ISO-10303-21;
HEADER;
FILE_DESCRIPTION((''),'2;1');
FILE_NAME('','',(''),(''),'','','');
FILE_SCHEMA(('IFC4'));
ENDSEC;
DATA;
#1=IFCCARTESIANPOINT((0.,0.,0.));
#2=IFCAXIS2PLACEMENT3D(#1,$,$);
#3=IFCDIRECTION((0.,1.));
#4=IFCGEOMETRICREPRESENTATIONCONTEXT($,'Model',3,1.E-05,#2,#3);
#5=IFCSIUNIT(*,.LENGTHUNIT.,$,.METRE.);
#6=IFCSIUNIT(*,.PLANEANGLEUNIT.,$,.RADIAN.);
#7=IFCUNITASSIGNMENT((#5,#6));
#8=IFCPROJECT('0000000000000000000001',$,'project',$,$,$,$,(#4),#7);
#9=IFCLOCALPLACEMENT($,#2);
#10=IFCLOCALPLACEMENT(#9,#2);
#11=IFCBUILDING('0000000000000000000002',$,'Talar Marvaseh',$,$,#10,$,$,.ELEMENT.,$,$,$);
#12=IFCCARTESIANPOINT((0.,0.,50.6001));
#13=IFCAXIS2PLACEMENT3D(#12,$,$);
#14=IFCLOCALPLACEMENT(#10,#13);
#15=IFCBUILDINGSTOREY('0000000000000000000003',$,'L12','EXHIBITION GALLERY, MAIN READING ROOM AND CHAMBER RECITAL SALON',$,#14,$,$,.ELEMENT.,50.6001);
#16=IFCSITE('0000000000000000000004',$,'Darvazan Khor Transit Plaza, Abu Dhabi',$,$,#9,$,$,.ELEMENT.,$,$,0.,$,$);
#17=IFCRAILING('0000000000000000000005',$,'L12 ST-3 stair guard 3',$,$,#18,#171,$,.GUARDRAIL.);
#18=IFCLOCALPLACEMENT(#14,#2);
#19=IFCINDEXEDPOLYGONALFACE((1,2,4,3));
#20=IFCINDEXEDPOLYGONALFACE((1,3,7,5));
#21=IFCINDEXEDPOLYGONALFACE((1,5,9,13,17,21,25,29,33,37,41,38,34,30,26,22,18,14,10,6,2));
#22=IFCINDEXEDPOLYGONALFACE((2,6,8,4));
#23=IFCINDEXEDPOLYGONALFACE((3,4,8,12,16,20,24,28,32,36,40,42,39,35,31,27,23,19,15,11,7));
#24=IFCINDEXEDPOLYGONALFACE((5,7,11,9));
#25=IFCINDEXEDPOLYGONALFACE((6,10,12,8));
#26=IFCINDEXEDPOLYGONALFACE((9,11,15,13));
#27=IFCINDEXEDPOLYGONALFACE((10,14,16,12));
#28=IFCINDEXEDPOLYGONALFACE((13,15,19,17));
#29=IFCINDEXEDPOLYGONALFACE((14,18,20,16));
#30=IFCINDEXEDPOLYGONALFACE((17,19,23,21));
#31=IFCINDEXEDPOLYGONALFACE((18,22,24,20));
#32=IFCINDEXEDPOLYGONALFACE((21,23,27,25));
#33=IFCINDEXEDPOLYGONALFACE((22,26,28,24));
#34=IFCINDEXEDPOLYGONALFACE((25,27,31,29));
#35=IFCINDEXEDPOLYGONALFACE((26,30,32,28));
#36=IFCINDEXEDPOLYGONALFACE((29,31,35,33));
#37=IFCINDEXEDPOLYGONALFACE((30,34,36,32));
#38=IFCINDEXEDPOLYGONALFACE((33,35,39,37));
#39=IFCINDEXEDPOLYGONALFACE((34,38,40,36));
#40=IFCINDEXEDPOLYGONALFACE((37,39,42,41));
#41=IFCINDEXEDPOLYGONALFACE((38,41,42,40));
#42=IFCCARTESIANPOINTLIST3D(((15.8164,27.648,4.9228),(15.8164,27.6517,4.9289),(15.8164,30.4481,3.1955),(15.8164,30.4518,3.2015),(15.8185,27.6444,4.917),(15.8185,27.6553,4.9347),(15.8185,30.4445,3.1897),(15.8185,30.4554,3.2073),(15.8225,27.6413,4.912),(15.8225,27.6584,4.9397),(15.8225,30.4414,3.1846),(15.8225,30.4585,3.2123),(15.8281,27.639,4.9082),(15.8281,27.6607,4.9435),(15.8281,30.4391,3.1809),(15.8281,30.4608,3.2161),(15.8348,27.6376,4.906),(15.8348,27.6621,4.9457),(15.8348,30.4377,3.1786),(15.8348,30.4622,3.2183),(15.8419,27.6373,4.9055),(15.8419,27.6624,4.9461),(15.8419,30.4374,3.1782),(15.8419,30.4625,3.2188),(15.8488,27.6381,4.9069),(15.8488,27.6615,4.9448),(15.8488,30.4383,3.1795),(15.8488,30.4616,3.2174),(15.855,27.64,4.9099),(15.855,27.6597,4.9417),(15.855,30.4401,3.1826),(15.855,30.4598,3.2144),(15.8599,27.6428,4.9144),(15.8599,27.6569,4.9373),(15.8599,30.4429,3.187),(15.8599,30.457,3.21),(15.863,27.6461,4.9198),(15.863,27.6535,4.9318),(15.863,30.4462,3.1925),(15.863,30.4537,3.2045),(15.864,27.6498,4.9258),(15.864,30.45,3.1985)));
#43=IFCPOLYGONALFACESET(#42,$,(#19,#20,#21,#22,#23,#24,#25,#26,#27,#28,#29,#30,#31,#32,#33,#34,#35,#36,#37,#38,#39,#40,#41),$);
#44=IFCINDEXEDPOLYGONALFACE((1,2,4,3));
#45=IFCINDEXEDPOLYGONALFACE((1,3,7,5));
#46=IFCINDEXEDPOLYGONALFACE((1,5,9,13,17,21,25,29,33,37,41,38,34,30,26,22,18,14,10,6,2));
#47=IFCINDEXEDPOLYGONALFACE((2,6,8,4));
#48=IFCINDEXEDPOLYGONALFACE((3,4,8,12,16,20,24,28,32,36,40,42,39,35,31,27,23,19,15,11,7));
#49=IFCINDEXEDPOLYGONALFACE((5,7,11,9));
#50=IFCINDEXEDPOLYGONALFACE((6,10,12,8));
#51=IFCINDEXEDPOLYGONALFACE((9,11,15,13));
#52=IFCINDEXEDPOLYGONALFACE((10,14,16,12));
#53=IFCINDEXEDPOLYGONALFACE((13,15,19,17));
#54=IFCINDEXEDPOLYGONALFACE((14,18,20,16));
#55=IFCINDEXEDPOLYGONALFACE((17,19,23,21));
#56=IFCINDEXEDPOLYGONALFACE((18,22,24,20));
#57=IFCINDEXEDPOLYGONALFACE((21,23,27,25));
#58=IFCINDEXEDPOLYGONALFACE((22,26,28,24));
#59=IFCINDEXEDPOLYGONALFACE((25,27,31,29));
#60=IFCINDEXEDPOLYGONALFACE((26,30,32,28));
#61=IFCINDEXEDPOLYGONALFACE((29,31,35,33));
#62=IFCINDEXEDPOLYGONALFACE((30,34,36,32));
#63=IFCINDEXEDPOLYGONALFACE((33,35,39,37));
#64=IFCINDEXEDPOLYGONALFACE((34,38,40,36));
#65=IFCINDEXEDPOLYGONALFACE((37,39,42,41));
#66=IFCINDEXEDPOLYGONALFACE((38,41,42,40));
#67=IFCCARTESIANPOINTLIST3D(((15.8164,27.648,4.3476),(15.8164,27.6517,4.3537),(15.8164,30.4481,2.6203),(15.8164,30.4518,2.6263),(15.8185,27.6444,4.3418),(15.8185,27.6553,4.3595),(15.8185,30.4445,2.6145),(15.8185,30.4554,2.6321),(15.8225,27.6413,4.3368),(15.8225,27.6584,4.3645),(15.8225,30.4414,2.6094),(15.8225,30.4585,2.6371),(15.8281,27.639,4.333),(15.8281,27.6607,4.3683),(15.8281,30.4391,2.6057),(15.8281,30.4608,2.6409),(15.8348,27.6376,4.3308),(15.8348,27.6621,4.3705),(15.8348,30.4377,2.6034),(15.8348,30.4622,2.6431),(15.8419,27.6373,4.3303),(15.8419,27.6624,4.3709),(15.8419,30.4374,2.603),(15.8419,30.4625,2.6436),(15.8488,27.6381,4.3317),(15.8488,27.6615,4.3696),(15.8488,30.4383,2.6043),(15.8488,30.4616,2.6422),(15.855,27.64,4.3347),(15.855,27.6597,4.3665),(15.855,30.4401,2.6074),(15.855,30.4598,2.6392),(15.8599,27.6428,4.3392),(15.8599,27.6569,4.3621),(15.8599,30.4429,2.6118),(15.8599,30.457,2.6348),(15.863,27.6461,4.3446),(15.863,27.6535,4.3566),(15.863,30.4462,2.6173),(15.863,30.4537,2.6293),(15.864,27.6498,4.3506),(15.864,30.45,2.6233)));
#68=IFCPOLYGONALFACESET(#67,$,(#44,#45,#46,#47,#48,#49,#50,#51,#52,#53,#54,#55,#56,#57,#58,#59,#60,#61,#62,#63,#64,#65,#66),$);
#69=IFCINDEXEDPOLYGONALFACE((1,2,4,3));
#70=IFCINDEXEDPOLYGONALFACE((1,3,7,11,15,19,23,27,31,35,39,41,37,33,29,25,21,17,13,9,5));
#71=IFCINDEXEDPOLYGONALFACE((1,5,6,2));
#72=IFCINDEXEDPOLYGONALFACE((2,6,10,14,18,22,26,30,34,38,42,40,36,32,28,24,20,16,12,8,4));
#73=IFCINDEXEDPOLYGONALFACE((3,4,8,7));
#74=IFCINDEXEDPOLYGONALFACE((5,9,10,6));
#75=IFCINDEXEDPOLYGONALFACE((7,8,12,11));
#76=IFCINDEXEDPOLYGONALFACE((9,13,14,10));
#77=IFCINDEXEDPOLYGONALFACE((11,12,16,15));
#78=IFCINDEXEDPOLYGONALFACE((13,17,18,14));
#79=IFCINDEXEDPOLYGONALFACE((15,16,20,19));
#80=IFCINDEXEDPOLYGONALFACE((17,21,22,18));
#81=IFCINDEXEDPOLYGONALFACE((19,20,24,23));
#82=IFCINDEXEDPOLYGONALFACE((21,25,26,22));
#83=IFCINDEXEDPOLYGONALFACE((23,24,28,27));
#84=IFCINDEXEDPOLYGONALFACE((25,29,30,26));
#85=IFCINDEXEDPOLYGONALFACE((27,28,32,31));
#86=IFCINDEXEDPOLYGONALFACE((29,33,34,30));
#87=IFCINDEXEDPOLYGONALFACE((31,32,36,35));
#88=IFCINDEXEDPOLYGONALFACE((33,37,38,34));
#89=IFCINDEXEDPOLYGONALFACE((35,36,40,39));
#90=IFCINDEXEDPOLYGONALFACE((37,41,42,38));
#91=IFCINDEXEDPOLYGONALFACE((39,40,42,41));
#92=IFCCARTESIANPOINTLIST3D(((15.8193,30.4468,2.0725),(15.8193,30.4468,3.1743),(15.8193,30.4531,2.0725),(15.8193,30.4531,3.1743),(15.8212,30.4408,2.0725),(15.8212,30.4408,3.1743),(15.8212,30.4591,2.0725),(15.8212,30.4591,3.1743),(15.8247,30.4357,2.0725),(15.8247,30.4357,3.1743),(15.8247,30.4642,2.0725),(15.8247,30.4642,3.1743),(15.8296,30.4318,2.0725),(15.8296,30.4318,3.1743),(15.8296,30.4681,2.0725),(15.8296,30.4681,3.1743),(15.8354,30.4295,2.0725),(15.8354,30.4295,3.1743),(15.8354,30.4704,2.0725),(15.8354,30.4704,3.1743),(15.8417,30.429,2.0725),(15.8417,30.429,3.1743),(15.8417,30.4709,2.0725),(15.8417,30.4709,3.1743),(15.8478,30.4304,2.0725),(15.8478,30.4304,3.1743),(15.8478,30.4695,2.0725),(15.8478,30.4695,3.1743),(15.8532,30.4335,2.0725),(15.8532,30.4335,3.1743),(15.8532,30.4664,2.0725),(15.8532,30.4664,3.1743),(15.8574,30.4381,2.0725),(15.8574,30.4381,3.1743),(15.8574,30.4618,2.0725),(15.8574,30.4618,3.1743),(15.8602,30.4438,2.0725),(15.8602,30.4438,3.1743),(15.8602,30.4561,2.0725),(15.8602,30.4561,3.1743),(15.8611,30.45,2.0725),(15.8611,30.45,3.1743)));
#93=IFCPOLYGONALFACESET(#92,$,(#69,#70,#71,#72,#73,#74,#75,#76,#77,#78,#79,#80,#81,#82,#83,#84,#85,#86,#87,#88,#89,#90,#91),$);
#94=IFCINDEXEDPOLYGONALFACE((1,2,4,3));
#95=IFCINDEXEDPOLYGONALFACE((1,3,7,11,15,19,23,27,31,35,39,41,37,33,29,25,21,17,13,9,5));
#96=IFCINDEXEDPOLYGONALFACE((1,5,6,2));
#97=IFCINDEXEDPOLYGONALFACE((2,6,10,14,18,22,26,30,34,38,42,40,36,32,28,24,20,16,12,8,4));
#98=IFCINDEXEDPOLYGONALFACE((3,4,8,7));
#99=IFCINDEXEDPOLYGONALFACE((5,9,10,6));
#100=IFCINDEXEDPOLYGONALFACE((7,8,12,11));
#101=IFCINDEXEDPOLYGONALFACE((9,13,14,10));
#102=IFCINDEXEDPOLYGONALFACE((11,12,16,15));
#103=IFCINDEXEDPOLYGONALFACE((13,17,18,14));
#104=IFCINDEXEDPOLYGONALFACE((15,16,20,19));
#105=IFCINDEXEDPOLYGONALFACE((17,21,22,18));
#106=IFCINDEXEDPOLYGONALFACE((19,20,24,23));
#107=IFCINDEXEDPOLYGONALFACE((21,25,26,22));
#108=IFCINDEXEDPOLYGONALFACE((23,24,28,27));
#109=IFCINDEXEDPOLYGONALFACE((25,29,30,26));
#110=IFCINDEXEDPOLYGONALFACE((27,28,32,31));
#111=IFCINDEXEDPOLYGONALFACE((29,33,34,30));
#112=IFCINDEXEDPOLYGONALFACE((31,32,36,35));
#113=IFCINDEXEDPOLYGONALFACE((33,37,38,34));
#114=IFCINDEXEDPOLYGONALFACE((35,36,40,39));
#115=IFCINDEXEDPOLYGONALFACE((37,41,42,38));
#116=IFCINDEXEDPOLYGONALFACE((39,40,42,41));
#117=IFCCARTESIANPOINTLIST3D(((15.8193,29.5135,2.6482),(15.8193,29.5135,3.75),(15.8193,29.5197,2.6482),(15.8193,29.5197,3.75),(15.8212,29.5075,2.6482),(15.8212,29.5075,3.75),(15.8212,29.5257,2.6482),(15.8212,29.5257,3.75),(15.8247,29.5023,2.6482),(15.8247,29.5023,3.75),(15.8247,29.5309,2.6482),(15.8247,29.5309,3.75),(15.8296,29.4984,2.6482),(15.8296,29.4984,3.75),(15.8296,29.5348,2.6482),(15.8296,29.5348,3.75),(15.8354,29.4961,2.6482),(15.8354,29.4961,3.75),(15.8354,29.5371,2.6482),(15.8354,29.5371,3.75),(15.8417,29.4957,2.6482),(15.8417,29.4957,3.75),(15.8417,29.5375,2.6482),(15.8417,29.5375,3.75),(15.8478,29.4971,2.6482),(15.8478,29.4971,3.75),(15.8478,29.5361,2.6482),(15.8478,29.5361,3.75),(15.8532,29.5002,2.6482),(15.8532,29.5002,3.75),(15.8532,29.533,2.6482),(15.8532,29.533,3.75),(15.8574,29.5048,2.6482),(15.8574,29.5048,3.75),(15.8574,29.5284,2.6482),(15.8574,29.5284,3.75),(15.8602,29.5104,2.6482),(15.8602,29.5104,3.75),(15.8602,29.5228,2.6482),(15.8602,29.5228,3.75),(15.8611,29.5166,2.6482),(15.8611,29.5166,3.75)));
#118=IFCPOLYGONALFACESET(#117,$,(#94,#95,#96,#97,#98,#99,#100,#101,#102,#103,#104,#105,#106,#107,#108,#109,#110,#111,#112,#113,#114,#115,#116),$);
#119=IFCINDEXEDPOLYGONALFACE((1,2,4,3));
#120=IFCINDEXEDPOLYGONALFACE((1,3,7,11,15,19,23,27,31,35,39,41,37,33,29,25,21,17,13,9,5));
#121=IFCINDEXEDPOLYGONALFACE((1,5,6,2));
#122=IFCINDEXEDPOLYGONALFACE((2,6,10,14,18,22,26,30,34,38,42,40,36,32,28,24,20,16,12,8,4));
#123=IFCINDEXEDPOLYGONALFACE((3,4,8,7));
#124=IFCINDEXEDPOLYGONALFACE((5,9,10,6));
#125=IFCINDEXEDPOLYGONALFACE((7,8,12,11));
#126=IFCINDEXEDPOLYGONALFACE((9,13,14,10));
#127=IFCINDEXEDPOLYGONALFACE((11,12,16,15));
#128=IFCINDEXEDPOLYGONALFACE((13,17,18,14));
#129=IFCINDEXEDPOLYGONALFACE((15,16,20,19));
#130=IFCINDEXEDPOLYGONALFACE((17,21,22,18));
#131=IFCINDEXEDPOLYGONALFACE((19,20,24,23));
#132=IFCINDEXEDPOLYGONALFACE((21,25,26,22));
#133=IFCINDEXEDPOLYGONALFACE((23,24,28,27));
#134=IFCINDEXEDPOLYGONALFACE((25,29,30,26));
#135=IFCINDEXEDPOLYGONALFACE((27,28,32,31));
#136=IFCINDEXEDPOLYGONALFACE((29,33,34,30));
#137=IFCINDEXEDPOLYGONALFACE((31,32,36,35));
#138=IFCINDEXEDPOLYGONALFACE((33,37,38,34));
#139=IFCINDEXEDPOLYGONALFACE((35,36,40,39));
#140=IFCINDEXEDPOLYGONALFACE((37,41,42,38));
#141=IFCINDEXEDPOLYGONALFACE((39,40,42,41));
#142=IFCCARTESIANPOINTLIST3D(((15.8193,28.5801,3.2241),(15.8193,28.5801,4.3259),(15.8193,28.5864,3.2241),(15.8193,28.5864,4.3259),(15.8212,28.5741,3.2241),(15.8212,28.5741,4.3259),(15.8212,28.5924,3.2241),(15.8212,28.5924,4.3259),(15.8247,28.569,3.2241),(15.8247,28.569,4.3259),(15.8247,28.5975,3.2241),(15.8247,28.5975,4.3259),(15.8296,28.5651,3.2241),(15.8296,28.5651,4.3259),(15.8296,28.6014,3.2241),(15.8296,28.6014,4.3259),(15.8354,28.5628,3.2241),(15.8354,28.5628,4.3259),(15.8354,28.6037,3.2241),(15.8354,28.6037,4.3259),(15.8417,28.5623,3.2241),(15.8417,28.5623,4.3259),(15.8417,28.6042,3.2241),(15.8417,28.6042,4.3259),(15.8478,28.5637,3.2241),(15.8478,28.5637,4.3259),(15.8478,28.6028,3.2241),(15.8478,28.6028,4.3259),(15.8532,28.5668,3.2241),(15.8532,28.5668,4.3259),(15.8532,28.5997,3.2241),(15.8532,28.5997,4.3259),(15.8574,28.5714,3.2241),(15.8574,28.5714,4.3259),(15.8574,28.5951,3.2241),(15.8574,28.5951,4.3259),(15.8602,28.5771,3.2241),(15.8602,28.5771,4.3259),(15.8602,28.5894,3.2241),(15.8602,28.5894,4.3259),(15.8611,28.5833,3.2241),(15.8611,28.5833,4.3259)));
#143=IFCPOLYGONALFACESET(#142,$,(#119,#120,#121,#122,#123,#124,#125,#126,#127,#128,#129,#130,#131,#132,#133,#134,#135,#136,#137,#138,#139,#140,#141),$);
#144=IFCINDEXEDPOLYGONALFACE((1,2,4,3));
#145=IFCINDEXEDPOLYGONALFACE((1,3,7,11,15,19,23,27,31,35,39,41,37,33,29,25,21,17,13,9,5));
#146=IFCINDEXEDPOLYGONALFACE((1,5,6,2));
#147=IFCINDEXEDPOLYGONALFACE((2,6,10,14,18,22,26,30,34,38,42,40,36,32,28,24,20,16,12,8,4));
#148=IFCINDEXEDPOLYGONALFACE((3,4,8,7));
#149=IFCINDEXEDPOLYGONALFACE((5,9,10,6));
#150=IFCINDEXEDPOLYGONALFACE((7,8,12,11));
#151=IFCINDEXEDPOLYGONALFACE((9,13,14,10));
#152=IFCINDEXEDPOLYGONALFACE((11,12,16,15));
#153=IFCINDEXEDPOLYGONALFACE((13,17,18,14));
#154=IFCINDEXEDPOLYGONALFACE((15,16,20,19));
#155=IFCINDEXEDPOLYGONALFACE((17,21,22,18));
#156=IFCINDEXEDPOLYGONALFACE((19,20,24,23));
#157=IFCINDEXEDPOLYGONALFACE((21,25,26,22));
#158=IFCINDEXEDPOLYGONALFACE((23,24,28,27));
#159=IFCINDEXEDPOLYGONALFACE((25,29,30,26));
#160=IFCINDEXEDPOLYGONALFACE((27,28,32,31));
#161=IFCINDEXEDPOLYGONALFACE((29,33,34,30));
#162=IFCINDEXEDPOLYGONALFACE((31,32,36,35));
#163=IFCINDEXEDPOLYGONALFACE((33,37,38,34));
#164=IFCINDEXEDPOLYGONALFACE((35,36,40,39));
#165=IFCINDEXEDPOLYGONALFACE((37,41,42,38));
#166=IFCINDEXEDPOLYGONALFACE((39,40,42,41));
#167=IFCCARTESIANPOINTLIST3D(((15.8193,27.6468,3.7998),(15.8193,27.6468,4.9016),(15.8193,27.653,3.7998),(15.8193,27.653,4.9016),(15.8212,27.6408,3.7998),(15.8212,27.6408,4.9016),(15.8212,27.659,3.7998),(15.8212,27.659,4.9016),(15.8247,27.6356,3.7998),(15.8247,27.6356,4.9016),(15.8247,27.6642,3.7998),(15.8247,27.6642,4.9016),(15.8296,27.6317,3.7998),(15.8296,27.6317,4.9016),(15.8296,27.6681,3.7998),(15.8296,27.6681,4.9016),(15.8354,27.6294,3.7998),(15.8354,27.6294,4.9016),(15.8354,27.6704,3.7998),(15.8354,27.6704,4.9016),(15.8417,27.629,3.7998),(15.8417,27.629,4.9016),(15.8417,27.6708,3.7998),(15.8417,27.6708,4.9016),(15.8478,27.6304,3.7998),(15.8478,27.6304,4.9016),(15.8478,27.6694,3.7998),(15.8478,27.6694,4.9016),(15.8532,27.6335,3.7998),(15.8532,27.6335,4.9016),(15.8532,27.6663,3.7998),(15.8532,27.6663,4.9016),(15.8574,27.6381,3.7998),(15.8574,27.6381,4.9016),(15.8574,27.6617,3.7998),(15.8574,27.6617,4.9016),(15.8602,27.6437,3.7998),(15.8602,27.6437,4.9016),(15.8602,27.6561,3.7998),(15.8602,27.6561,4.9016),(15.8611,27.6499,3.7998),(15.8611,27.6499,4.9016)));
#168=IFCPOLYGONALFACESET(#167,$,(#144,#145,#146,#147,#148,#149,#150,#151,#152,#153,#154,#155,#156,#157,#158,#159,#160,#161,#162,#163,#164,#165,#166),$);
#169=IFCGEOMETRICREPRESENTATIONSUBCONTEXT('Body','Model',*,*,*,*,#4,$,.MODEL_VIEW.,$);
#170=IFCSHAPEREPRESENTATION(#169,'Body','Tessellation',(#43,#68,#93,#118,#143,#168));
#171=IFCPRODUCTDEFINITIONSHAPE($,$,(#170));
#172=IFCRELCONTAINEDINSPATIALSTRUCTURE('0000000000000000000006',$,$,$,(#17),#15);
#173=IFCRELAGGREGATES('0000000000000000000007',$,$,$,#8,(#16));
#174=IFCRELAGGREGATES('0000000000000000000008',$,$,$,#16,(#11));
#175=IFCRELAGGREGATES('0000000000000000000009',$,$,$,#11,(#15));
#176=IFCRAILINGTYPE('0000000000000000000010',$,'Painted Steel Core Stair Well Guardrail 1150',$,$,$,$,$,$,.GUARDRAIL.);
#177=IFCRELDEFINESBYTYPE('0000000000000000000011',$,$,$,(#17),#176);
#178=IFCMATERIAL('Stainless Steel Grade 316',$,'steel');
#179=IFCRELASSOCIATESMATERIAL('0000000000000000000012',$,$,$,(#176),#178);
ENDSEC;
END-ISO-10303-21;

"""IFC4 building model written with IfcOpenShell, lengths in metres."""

from ifc_helpers import new_model, si_unit, direction, frame, origin, origin_2d, place, context, subcontext, project, spatial, circle, extrude, material, type_object, element, save


model = new_model("IFC4")

# Units and contexts
model_context = context("Model", 3, precision=1e-05, world=origin(), true_north=direction((0.0, 1.0)))
body_context = subcontext(model_context, "Body", "Model", "MODEL_VIEW")
ifc_project = project(units=[si_unit("LENGTHUNIT", "METRE"), si_unit("PLANEANGLEUNIT", "RADIAN")], contexts=[model_context])

# Site, building, storey
site_placement = place(None, origin())
site = spatial("IfcSite", under=ifc_project, at=site_placement, Name="Darvazan Khor Transit Plaza, Abu Dhabi", CompositionType="ELEMENT", RefElevation=0.0)
building_placement = place(site_placement, origin())
building = spatial("IfcBuilding", under=site, at=building_placement, Name="Talar Marvaseh", CompositionType="ELEMENT")
storey_placement = place(building_placement, frame((0.0, 0.0, 50.6001)))
storey = spatial("IfcBuildingStorey", under=building, at=storey_placement, Name="L12", Description="EXHIBITION GALLERY, MAIN READING ROOM AND CHAMBER RECITAL SALON", CompositionType="ELEMENT", Elevation=50.6001)

# Railing
ifc_material_1 = material(Name="Stainless Steel Grade 316", Category="steel")
railing_type_1 = type_object("IfcRailingType", Name="Painted Steel Core Stair Well Guardrail 1150", PredefinedType="GUARDRAIL", material=ifc_material_1)
railing_1_placement = place(storey_placement, frame((15.8401, 30.45, 2.0725)))
element("IfcRailing", 1, at=railing_1_placement, inside=storey, type_object=railing_type_1, Name="L12 ST-3 stair guard 3", PredefinedType="GUARDRAIL", context=body_context, shape_type="SweptSolid", body=[
    extrude(circle(Radius=0.0239, at=origin_2d()), frame((0.0, 0.0, 1.126), z_axis=(0.0, -0.85109, 0.52502), x_axis=(1.0, 0.0, 0.0)), (0.0, 0.0, 1.0), 3.29),
    extrude(circle(Radius=0.0239, at=origin_2d()), frame((0.0, 0.0, 0.5508), z_axis=(0.0, -0.85109, 0.52502), x_axis=(1.0, 0.0, 0.0)), (0.0, 0.0, 1.0), 3.29),
    extrude(circle(Radius=0.021, at=origin_2d()), origin(), (0.0, 0.0, 1.0), 1.1018),
    extrude(circle(Radius=0.021, at=origin_2d()), frame((0.0, -0.9333, 0.5757)), (0.0, 0.0, 1.0), 1.1018),
    extrude(circle(Radius=0.021, at=origin_2d()), frame((0.0, -1.8667, 1.1516)), (0.0, 0.0, 1.0), 1.1018),
    extrude(circle(Radius=0.021, at=origin_2d()), frame((0.0, -2.8, 1.7273)), (0.0, 0.0, 1.0), 1.1018),
])

save(model, "model.ifc")
